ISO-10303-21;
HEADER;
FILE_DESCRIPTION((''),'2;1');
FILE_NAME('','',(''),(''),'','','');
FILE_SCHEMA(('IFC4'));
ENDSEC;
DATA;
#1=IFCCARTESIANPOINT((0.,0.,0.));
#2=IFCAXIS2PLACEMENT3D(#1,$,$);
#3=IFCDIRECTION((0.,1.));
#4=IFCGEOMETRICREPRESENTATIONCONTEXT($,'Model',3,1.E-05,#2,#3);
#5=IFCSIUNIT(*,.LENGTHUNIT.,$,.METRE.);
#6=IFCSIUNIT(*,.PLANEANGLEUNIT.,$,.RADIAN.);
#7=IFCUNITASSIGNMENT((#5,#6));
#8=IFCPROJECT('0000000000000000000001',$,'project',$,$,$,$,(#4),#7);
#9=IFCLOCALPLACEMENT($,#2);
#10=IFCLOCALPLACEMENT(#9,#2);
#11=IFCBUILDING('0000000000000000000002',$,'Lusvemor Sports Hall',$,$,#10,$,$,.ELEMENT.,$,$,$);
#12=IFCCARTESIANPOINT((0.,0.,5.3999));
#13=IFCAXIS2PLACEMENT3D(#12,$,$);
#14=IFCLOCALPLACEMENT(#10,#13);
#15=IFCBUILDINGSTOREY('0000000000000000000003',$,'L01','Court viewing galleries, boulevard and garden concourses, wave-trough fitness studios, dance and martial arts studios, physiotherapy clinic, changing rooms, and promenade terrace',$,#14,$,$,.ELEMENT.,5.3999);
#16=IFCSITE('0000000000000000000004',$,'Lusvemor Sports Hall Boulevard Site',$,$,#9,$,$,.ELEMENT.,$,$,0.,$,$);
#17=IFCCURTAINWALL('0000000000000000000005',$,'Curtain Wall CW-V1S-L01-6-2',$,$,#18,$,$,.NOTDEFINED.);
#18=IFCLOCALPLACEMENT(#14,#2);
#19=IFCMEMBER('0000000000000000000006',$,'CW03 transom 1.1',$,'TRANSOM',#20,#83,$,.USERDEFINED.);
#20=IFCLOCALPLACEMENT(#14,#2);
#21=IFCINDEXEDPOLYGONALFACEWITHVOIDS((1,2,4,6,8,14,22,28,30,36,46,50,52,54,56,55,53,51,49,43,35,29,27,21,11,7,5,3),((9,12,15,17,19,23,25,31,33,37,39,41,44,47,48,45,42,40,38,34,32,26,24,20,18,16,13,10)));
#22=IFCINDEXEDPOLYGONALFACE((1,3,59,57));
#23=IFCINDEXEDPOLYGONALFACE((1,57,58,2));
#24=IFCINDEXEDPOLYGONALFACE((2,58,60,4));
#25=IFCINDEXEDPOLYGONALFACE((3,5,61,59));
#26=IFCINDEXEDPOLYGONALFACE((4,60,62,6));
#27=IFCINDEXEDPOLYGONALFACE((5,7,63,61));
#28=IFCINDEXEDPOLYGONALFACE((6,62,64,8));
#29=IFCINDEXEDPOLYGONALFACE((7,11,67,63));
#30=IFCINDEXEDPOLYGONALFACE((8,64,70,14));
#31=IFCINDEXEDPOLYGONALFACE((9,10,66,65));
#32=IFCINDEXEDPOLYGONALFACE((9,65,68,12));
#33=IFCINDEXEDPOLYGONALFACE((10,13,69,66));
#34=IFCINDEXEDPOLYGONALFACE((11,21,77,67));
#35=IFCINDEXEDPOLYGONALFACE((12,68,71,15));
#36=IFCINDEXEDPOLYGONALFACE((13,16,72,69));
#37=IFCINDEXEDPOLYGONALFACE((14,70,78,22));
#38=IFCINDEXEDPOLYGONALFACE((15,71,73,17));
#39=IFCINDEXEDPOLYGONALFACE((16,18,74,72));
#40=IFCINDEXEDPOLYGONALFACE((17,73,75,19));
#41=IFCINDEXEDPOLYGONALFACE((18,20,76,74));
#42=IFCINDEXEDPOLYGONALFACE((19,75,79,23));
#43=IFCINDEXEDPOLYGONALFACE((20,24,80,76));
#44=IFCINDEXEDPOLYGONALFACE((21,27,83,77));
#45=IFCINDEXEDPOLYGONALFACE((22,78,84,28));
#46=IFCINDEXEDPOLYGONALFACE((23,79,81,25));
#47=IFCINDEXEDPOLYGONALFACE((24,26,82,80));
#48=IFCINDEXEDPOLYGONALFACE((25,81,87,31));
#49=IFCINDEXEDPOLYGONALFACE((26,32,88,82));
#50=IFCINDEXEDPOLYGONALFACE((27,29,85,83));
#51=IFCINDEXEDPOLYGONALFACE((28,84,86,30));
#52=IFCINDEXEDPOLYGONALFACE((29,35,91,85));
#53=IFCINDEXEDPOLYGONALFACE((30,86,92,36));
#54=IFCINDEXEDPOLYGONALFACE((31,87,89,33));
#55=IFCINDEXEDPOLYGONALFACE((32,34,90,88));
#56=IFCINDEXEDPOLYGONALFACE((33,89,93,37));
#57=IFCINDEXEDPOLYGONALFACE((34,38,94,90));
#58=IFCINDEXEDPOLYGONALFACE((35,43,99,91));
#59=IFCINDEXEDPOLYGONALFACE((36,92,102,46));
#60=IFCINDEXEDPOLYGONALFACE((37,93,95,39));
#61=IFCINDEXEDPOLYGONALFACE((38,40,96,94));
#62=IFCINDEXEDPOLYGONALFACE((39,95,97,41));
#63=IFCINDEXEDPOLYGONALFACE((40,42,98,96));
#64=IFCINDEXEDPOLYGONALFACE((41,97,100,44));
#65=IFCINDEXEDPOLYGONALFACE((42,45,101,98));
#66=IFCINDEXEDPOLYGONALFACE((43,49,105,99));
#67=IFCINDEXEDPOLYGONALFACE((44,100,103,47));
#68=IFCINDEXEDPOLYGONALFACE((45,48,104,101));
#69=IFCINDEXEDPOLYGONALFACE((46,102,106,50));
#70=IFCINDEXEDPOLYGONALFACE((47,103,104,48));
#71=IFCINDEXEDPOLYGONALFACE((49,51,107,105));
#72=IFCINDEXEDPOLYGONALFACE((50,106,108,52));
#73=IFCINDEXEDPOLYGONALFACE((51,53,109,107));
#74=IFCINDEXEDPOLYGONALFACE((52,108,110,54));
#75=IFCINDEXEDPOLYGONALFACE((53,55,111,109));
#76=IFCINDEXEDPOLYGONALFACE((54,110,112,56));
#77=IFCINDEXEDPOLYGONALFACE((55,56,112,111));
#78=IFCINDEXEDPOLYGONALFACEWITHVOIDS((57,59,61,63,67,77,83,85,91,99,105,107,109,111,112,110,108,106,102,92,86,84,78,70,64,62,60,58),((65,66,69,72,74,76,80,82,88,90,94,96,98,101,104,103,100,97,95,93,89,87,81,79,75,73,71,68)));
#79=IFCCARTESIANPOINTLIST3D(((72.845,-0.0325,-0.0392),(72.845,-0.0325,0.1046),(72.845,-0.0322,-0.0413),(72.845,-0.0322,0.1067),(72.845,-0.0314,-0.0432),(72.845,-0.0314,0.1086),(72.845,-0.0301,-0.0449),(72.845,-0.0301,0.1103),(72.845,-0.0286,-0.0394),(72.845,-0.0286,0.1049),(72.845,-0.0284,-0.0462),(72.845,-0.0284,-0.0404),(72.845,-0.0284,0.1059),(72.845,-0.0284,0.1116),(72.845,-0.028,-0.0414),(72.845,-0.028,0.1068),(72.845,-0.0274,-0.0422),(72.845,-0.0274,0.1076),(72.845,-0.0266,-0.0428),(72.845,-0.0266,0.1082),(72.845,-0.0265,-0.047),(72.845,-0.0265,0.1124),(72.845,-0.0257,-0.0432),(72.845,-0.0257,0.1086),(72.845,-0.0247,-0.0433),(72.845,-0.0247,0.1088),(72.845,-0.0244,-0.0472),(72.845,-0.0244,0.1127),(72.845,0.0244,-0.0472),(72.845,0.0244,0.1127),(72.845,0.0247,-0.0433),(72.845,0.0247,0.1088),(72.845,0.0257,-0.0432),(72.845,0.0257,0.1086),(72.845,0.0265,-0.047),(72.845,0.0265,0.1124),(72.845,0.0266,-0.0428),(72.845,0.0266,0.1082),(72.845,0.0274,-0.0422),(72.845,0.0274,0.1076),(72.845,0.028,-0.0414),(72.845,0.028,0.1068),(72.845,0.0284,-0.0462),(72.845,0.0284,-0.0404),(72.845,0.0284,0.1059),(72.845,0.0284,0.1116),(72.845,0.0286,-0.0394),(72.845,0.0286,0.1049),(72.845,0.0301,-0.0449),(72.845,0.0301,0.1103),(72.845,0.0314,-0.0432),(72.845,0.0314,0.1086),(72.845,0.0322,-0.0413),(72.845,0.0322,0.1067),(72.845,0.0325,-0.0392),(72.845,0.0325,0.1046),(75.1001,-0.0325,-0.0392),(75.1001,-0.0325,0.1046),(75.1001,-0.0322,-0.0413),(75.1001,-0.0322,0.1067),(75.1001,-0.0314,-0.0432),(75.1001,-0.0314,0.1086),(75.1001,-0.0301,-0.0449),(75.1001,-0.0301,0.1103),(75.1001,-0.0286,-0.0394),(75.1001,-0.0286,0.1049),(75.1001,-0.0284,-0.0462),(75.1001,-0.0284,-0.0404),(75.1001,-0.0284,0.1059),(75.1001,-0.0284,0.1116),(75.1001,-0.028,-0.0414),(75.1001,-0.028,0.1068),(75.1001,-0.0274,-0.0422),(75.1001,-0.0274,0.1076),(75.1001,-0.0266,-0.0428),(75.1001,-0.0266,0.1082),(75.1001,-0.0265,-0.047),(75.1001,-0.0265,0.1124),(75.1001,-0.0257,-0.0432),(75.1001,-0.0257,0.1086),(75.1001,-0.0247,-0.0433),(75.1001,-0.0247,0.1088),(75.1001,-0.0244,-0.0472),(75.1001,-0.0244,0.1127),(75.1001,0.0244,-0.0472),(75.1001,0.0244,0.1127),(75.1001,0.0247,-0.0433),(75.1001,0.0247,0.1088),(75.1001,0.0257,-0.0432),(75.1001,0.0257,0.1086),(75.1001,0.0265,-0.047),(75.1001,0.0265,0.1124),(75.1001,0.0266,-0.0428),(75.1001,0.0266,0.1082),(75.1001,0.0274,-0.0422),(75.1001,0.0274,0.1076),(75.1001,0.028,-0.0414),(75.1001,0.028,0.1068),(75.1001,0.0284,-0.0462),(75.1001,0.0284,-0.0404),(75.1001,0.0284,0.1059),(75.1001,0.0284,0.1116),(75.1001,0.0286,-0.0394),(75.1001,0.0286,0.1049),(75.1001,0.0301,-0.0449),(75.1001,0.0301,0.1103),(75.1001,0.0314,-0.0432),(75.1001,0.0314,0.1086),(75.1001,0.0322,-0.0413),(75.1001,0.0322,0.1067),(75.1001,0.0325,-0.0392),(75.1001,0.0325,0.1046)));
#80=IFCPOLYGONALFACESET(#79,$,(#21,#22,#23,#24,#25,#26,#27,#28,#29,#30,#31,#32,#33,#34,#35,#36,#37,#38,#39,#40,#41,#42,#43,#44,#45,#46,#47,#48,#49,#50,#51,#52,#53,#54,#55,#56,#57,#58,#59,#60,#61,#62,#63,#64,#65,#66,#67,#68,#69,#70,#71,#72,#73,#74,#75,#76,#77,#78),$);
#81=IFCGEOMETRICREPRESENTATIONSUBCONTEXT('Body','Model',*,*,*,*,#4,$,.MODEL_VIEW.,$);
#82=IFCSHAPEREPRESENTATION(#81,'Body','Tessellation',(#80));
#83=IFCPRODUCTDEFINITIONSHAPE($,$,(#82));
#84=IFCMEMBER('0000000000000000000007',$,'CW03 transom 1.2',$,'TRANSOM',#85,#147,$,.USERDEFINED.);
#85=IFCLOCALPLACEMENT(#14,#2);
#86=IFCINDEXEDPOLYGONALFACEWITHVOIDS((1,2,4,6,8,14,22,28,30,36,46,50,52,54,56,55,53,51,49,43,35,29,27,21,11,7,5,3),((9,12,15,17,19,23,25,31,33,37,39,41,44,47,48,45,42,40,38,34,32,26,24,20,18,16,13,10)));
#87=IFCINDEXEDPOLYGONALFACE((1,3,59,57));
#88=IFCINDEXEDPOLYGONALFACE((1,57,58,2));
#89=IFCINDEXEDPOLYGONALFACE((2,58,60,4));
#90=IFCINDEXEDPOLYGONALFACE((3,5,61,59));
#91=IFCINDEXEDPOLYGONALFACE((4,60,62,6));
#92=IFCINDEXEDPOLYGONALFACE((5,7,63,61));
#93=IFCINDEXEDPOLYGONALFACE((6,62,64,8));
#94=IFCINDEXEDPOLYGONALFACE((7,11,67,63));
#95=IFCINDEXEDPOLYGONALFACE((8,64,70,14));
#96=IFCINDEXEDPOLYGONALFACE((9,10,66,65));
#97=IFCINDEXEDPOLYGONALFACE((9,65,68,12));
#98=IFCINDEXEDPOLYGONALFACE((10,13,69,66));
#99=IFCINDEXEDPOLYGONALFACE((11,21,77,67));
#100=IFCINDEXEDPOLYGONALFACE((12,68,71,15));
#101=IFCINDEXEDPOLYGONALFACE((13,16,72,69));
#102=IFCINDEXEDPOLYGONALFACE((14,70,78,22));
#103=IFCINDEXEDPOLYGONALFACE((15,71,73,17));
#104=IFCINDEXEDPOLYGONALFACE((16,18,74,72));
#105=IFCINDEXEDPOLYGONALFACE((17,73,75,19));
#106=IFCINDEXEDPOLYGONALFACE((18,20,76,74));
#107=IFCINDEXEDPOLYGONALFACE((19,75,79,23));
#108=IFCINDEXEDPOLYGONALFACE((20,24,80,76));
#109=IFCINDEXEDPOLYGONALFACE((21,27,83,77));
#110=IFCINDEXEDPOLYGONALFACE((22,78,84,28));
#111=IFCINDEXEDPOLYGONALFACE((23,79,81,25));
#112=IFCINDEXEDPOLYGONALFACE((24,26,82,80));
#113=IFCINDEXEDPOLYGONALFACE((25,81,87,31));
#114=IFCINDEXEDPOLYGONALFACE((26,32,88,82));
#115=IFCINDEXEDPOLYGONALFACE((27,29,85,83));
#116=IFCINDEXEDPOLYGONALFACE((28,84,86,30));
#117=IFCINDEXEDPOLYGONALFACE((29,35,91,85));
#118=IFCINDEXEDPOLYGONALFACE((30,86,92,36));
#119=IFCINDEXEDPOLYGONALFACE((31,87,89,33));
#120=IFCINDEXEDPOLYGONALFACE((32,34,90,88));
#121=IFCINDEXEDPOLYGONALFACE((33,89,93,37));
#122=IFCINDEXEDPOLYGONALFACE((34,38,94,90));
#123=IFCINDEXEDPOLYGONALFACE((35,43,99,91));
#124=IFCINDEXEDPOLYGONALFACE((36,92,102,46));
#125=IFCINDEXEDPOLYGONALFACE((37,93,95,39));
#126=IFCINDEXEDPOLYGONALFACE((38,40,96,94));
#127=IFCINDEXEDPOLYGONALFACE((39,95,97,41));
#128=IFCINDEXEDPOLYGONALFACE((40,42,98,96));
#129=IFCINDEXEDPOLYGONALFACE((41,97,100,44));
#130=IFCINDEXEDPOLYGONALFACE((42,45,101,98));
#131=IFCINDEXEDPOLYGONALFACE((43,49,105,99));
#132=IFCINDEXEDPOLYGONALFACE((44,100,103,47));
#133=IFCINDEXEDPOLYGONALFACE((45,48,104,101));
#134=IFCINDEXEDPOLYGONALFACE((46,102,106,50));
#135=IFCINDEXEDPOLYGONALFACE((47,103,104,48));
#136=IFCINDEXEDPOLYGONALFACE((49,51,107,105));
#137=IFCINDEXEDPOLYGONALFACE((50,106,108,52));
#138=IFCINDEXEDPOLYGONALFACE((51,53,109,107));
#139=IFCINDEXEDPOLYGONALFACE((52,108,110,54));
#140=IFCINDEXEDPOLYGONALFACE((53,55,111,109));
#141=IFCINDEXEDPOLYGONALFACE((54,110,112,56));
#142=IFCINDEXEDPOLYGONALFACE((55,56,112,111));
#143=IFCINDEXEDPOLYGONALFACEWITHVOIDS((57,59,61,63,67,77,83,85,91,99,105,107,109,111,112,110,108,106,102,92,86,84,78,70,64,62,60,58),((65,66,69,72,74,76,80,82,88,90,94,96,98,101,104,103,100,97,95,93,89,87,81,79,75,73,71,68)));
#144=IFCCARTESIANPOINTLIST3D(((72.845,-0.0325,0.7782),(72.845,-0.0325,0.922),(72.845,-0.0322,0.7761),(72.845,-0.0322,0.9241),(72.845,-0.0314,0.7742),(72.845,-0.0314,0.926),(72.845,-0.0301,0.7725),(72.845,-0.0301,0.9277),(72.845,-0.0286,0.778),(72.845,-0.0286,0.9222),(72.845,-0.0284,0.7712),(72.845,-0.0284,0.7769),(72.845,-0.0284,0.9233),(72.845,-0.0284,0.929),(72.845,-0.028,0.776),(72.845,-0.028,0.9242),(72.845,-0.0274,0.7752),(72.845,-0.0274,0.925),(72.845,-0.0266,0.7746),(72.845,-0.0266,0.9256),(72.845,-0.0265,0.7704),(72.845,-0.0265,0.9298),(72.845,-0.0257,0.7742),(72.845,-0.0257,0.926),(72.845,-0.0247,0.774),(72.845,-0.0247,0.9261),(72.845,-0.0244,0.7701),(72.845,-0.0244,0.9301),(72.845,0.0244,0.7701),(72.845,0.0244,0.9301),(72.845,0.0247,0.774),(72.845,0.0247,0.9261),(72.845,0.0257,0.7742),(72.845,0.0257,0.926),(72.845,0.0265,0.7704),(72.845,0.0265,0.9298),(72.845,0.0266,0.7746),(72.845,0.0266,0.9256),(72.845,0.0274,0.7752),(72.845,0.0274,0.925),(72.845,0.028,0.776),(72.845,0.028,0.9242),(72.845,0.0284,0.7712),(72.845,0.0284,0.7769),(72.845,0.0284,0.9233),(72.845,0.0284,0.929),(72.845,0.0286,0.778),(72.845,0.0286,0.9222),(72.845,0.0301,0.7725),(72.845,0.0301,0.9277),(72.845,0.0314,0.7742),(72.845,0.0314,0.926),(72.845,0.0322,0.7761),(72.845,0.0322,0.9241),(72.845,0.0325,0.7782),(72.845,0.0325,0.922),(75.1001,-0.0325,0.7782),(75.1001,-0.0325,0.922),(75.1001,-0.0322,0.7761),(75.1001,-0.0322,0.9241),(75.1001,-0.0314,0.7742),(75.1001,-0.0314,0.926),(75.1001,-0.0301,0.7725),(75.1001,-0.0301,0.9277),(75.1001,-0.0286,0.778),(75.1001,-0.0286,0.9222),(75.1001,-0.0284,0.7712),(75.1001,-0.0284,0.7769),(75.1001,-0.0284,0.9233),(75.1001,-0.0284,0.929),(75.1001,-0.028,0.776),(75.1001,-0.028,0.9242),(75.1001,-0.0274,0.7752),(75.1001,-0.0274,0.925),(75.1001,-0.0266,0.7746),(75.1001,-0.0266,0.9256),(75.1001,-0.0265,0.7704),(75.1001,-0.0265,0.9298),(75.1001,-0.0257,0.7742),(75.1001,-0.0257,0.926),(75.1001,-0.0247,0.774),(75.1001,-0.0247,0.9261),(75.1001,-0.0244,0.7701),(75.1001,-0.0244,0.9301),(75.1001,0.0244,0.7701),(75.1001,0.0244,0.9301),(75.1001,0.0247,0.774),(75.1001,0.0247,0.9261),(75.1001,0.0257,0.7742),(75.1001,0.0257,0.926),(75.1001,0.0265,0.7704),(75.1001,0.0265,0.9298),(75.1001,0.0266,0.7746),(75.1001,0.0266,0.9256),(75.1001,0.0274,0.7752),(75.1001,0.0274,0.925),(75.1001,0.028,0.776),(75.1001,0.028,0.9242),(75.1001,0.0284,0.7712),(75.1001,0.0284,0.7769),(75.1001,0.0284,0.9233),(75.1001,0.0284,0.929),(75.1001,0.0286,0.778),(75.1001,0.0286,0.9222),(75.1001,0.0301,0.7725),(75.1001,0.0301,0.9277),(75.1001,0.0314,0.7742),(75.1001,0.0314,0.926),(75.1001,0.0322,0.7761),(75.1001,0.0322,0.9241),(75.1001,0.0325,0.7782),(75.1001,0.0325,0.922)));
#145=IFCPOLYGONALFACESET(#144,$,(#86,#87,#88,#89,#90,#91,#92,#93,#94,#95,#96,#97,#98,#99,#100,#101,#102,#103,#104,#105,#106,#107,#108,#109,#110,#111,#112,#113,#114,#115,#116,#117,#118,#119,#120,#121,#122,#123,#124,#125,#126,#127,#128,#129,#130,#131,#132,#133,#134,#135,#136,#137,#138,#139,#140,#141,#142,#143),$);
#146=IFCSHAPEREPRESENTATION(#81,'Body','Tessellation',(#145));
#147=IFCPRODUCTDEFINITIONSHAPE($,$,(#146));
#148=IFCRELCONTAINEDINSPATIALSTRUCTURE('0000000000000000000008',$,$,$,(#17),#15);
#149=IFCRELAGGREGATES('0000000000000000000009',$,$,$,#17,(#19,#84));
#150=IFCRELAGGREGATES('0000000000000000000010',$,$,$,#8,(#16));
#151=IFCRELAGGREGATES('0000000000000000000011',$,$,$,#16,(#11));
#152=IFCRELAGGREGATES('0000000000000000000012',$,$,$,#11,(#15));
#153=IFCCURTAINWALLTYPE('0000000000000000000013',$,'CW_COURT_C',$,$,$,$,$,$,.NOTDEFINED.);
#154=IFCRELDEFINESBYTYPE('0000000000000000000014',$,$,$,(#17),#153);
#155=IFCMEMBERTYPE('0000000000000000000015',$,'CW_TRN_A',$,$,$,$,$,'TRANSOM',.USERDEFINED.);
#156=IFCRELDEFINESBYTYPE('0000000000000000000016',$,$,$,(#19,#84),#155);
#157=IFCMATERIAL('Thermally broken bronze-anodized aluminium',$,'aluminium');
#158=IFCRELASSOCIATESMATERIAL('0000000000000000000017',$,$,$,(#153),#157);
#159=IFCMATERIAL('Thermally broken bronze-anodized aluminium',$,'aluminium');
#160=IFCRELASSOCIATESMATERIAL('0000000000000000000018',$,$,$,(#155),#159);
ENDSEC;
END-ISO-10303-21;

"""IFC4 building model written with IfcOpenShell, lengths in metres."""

from ifc_helpers import new_model, si_unit, direction, frame, origin, origin_2d, place, context, subcontext, project, spatial, hollow_rectangle, extrude, material, material_profile, profile_set, type_object, element, aggregate, save


model = new_model("IFC4")

# Units and contexts
model_context = context("Model", 3, precision=1e-05, world=origin(), true_north=direction((0.0, 1.0)))
body_context = subcontext(model_context, "Body", "Model", "MODEL_VIEW")
ifc_project = project(units=[si_unit("LENGTHUNIT", "METRE"), si_unit("PLANEANGLEUNIT", "RADIAN")], contexts=[model_context])

# Site, building, storey
site_placement = place(None, origin())
site = spatial("IfcSite", under=ifc_project, at=site_placement, Name="Lusvemor Sports Hall Boulevard Site", CompositionType="ELEMENT", RefElevation=0.0)
building_placement = place(site_placement, origin())
building = spatial("IfcBuilding", under=site, at=building_placement, Name="Lusvemor Sports Hall", CompositionType="ELEMENT")
storey_placement = place(building_placement, frame((0.0, 0.0, 5.3999)))
storey = spatial("IfcBuildingStorey", under=building, at=storey_placement, Name="L01", Description="Court viewing galleries, boulevard and garden concourses, wave-trough fitness studios, dance and martial arts studios, physiotherapy clinic, changing rooms, and promenade terrace", CompositionType="ELEMENT", Elevation=5.3999)

# Curtain wall, members
ifc_material_1 = material(Name="Thermally broken bronze-anodized aluminium", Category="aluminium")
curtain_wall_type = type_object("IfcCurtainWallType", Name="CW_COURT_C", PredefinedType="NOTDEFINED", material=ifc_material_1)
curtain_wall_placement = place(storey_placement, origin())
curtain_wall = element("IfcCurtainWall", 1, at=curtain_wall_placement, inside=storey, type_object=curtain_wall_type, Name="Curtain Wall CW-V1S-L01-6-2", PredefinedType="NOTDEFINED")
ifc_material_2 = material(Name="Thermally broken bronze-anodized aluminium", Category="aluminium")
ifc_material_profile_1 = material_profile(ifc_material_2, hollow_rectangle(XDim=0.0649, YDim=0.1599, WallThickness=0.0039, InnerFilletRadius=0.0039, OuterFilletRadius=0.0081, at=origin_2d()), Name="CWTRN160x65x4")
ifc_profile_set_1 = profile_set([ifc_material_profile_1], Name="Thermally broken bronze-anodized aluminium")
member_type_1 = type_object("IfcMemberType", Name="CW_TRN_A", ElementType="TRANSOM", PredefinedType="USERDEFINED", material=ifc_profile_set_1)
member_1_placement = place(storey_placement, frame((75.1001, 0.0, 0.0327), z_axis=(-1.0, 0.0, 0.0), x_axis=(0.0, -1.0, 0.0)))
member_1 = element("IfcMember", 2, at=member_1_placement, type_object=member_type_1, Name="CW03 transom 1.1", ObjectType="TRANSOM", PredefinedType="USERDEFINED", context=body_context, shape_type="SweptSolid", body=[
    extrude(hollow_rectangle(XDim=0.0649, YDim=0.1599, WallThickness=0.0039, InnerFilletRadius=0.0039, OuterFilletRadius=0.0081, at=origin_2d()), origin(), (0.0, 0.0, 1.0), 2.2551),
])
member_2_placement = place(storey_placement, frame((75.1001, 0.0, 0.8501), z_axis=(-1.0, 0.0, 0.0), x_axis=(0.0, -1.0, 0.0)))
member_2 = element("IfcMember", 3, at=member_2_placement, type_object=member_type_1, Name="CW03 transom 1.2", ObjectType="TRANSOM", PredefinedType="USERDEFINED", context=body_context, shape_type="SweptSolid", body=[
    extrude(hollow_rectangle(XDim=0.0649, YDim=0.1599, WallThickness=0.0039, InnerFilletRadius=0.0039, OuterFilletRadius=0.0081, at=origin_2d()), origin(), (0.0, 0.0, 1.0), 2.2551),
])

aggregate(curtain_wall, [member_1, member_2])

save(model, "model.ifc")
